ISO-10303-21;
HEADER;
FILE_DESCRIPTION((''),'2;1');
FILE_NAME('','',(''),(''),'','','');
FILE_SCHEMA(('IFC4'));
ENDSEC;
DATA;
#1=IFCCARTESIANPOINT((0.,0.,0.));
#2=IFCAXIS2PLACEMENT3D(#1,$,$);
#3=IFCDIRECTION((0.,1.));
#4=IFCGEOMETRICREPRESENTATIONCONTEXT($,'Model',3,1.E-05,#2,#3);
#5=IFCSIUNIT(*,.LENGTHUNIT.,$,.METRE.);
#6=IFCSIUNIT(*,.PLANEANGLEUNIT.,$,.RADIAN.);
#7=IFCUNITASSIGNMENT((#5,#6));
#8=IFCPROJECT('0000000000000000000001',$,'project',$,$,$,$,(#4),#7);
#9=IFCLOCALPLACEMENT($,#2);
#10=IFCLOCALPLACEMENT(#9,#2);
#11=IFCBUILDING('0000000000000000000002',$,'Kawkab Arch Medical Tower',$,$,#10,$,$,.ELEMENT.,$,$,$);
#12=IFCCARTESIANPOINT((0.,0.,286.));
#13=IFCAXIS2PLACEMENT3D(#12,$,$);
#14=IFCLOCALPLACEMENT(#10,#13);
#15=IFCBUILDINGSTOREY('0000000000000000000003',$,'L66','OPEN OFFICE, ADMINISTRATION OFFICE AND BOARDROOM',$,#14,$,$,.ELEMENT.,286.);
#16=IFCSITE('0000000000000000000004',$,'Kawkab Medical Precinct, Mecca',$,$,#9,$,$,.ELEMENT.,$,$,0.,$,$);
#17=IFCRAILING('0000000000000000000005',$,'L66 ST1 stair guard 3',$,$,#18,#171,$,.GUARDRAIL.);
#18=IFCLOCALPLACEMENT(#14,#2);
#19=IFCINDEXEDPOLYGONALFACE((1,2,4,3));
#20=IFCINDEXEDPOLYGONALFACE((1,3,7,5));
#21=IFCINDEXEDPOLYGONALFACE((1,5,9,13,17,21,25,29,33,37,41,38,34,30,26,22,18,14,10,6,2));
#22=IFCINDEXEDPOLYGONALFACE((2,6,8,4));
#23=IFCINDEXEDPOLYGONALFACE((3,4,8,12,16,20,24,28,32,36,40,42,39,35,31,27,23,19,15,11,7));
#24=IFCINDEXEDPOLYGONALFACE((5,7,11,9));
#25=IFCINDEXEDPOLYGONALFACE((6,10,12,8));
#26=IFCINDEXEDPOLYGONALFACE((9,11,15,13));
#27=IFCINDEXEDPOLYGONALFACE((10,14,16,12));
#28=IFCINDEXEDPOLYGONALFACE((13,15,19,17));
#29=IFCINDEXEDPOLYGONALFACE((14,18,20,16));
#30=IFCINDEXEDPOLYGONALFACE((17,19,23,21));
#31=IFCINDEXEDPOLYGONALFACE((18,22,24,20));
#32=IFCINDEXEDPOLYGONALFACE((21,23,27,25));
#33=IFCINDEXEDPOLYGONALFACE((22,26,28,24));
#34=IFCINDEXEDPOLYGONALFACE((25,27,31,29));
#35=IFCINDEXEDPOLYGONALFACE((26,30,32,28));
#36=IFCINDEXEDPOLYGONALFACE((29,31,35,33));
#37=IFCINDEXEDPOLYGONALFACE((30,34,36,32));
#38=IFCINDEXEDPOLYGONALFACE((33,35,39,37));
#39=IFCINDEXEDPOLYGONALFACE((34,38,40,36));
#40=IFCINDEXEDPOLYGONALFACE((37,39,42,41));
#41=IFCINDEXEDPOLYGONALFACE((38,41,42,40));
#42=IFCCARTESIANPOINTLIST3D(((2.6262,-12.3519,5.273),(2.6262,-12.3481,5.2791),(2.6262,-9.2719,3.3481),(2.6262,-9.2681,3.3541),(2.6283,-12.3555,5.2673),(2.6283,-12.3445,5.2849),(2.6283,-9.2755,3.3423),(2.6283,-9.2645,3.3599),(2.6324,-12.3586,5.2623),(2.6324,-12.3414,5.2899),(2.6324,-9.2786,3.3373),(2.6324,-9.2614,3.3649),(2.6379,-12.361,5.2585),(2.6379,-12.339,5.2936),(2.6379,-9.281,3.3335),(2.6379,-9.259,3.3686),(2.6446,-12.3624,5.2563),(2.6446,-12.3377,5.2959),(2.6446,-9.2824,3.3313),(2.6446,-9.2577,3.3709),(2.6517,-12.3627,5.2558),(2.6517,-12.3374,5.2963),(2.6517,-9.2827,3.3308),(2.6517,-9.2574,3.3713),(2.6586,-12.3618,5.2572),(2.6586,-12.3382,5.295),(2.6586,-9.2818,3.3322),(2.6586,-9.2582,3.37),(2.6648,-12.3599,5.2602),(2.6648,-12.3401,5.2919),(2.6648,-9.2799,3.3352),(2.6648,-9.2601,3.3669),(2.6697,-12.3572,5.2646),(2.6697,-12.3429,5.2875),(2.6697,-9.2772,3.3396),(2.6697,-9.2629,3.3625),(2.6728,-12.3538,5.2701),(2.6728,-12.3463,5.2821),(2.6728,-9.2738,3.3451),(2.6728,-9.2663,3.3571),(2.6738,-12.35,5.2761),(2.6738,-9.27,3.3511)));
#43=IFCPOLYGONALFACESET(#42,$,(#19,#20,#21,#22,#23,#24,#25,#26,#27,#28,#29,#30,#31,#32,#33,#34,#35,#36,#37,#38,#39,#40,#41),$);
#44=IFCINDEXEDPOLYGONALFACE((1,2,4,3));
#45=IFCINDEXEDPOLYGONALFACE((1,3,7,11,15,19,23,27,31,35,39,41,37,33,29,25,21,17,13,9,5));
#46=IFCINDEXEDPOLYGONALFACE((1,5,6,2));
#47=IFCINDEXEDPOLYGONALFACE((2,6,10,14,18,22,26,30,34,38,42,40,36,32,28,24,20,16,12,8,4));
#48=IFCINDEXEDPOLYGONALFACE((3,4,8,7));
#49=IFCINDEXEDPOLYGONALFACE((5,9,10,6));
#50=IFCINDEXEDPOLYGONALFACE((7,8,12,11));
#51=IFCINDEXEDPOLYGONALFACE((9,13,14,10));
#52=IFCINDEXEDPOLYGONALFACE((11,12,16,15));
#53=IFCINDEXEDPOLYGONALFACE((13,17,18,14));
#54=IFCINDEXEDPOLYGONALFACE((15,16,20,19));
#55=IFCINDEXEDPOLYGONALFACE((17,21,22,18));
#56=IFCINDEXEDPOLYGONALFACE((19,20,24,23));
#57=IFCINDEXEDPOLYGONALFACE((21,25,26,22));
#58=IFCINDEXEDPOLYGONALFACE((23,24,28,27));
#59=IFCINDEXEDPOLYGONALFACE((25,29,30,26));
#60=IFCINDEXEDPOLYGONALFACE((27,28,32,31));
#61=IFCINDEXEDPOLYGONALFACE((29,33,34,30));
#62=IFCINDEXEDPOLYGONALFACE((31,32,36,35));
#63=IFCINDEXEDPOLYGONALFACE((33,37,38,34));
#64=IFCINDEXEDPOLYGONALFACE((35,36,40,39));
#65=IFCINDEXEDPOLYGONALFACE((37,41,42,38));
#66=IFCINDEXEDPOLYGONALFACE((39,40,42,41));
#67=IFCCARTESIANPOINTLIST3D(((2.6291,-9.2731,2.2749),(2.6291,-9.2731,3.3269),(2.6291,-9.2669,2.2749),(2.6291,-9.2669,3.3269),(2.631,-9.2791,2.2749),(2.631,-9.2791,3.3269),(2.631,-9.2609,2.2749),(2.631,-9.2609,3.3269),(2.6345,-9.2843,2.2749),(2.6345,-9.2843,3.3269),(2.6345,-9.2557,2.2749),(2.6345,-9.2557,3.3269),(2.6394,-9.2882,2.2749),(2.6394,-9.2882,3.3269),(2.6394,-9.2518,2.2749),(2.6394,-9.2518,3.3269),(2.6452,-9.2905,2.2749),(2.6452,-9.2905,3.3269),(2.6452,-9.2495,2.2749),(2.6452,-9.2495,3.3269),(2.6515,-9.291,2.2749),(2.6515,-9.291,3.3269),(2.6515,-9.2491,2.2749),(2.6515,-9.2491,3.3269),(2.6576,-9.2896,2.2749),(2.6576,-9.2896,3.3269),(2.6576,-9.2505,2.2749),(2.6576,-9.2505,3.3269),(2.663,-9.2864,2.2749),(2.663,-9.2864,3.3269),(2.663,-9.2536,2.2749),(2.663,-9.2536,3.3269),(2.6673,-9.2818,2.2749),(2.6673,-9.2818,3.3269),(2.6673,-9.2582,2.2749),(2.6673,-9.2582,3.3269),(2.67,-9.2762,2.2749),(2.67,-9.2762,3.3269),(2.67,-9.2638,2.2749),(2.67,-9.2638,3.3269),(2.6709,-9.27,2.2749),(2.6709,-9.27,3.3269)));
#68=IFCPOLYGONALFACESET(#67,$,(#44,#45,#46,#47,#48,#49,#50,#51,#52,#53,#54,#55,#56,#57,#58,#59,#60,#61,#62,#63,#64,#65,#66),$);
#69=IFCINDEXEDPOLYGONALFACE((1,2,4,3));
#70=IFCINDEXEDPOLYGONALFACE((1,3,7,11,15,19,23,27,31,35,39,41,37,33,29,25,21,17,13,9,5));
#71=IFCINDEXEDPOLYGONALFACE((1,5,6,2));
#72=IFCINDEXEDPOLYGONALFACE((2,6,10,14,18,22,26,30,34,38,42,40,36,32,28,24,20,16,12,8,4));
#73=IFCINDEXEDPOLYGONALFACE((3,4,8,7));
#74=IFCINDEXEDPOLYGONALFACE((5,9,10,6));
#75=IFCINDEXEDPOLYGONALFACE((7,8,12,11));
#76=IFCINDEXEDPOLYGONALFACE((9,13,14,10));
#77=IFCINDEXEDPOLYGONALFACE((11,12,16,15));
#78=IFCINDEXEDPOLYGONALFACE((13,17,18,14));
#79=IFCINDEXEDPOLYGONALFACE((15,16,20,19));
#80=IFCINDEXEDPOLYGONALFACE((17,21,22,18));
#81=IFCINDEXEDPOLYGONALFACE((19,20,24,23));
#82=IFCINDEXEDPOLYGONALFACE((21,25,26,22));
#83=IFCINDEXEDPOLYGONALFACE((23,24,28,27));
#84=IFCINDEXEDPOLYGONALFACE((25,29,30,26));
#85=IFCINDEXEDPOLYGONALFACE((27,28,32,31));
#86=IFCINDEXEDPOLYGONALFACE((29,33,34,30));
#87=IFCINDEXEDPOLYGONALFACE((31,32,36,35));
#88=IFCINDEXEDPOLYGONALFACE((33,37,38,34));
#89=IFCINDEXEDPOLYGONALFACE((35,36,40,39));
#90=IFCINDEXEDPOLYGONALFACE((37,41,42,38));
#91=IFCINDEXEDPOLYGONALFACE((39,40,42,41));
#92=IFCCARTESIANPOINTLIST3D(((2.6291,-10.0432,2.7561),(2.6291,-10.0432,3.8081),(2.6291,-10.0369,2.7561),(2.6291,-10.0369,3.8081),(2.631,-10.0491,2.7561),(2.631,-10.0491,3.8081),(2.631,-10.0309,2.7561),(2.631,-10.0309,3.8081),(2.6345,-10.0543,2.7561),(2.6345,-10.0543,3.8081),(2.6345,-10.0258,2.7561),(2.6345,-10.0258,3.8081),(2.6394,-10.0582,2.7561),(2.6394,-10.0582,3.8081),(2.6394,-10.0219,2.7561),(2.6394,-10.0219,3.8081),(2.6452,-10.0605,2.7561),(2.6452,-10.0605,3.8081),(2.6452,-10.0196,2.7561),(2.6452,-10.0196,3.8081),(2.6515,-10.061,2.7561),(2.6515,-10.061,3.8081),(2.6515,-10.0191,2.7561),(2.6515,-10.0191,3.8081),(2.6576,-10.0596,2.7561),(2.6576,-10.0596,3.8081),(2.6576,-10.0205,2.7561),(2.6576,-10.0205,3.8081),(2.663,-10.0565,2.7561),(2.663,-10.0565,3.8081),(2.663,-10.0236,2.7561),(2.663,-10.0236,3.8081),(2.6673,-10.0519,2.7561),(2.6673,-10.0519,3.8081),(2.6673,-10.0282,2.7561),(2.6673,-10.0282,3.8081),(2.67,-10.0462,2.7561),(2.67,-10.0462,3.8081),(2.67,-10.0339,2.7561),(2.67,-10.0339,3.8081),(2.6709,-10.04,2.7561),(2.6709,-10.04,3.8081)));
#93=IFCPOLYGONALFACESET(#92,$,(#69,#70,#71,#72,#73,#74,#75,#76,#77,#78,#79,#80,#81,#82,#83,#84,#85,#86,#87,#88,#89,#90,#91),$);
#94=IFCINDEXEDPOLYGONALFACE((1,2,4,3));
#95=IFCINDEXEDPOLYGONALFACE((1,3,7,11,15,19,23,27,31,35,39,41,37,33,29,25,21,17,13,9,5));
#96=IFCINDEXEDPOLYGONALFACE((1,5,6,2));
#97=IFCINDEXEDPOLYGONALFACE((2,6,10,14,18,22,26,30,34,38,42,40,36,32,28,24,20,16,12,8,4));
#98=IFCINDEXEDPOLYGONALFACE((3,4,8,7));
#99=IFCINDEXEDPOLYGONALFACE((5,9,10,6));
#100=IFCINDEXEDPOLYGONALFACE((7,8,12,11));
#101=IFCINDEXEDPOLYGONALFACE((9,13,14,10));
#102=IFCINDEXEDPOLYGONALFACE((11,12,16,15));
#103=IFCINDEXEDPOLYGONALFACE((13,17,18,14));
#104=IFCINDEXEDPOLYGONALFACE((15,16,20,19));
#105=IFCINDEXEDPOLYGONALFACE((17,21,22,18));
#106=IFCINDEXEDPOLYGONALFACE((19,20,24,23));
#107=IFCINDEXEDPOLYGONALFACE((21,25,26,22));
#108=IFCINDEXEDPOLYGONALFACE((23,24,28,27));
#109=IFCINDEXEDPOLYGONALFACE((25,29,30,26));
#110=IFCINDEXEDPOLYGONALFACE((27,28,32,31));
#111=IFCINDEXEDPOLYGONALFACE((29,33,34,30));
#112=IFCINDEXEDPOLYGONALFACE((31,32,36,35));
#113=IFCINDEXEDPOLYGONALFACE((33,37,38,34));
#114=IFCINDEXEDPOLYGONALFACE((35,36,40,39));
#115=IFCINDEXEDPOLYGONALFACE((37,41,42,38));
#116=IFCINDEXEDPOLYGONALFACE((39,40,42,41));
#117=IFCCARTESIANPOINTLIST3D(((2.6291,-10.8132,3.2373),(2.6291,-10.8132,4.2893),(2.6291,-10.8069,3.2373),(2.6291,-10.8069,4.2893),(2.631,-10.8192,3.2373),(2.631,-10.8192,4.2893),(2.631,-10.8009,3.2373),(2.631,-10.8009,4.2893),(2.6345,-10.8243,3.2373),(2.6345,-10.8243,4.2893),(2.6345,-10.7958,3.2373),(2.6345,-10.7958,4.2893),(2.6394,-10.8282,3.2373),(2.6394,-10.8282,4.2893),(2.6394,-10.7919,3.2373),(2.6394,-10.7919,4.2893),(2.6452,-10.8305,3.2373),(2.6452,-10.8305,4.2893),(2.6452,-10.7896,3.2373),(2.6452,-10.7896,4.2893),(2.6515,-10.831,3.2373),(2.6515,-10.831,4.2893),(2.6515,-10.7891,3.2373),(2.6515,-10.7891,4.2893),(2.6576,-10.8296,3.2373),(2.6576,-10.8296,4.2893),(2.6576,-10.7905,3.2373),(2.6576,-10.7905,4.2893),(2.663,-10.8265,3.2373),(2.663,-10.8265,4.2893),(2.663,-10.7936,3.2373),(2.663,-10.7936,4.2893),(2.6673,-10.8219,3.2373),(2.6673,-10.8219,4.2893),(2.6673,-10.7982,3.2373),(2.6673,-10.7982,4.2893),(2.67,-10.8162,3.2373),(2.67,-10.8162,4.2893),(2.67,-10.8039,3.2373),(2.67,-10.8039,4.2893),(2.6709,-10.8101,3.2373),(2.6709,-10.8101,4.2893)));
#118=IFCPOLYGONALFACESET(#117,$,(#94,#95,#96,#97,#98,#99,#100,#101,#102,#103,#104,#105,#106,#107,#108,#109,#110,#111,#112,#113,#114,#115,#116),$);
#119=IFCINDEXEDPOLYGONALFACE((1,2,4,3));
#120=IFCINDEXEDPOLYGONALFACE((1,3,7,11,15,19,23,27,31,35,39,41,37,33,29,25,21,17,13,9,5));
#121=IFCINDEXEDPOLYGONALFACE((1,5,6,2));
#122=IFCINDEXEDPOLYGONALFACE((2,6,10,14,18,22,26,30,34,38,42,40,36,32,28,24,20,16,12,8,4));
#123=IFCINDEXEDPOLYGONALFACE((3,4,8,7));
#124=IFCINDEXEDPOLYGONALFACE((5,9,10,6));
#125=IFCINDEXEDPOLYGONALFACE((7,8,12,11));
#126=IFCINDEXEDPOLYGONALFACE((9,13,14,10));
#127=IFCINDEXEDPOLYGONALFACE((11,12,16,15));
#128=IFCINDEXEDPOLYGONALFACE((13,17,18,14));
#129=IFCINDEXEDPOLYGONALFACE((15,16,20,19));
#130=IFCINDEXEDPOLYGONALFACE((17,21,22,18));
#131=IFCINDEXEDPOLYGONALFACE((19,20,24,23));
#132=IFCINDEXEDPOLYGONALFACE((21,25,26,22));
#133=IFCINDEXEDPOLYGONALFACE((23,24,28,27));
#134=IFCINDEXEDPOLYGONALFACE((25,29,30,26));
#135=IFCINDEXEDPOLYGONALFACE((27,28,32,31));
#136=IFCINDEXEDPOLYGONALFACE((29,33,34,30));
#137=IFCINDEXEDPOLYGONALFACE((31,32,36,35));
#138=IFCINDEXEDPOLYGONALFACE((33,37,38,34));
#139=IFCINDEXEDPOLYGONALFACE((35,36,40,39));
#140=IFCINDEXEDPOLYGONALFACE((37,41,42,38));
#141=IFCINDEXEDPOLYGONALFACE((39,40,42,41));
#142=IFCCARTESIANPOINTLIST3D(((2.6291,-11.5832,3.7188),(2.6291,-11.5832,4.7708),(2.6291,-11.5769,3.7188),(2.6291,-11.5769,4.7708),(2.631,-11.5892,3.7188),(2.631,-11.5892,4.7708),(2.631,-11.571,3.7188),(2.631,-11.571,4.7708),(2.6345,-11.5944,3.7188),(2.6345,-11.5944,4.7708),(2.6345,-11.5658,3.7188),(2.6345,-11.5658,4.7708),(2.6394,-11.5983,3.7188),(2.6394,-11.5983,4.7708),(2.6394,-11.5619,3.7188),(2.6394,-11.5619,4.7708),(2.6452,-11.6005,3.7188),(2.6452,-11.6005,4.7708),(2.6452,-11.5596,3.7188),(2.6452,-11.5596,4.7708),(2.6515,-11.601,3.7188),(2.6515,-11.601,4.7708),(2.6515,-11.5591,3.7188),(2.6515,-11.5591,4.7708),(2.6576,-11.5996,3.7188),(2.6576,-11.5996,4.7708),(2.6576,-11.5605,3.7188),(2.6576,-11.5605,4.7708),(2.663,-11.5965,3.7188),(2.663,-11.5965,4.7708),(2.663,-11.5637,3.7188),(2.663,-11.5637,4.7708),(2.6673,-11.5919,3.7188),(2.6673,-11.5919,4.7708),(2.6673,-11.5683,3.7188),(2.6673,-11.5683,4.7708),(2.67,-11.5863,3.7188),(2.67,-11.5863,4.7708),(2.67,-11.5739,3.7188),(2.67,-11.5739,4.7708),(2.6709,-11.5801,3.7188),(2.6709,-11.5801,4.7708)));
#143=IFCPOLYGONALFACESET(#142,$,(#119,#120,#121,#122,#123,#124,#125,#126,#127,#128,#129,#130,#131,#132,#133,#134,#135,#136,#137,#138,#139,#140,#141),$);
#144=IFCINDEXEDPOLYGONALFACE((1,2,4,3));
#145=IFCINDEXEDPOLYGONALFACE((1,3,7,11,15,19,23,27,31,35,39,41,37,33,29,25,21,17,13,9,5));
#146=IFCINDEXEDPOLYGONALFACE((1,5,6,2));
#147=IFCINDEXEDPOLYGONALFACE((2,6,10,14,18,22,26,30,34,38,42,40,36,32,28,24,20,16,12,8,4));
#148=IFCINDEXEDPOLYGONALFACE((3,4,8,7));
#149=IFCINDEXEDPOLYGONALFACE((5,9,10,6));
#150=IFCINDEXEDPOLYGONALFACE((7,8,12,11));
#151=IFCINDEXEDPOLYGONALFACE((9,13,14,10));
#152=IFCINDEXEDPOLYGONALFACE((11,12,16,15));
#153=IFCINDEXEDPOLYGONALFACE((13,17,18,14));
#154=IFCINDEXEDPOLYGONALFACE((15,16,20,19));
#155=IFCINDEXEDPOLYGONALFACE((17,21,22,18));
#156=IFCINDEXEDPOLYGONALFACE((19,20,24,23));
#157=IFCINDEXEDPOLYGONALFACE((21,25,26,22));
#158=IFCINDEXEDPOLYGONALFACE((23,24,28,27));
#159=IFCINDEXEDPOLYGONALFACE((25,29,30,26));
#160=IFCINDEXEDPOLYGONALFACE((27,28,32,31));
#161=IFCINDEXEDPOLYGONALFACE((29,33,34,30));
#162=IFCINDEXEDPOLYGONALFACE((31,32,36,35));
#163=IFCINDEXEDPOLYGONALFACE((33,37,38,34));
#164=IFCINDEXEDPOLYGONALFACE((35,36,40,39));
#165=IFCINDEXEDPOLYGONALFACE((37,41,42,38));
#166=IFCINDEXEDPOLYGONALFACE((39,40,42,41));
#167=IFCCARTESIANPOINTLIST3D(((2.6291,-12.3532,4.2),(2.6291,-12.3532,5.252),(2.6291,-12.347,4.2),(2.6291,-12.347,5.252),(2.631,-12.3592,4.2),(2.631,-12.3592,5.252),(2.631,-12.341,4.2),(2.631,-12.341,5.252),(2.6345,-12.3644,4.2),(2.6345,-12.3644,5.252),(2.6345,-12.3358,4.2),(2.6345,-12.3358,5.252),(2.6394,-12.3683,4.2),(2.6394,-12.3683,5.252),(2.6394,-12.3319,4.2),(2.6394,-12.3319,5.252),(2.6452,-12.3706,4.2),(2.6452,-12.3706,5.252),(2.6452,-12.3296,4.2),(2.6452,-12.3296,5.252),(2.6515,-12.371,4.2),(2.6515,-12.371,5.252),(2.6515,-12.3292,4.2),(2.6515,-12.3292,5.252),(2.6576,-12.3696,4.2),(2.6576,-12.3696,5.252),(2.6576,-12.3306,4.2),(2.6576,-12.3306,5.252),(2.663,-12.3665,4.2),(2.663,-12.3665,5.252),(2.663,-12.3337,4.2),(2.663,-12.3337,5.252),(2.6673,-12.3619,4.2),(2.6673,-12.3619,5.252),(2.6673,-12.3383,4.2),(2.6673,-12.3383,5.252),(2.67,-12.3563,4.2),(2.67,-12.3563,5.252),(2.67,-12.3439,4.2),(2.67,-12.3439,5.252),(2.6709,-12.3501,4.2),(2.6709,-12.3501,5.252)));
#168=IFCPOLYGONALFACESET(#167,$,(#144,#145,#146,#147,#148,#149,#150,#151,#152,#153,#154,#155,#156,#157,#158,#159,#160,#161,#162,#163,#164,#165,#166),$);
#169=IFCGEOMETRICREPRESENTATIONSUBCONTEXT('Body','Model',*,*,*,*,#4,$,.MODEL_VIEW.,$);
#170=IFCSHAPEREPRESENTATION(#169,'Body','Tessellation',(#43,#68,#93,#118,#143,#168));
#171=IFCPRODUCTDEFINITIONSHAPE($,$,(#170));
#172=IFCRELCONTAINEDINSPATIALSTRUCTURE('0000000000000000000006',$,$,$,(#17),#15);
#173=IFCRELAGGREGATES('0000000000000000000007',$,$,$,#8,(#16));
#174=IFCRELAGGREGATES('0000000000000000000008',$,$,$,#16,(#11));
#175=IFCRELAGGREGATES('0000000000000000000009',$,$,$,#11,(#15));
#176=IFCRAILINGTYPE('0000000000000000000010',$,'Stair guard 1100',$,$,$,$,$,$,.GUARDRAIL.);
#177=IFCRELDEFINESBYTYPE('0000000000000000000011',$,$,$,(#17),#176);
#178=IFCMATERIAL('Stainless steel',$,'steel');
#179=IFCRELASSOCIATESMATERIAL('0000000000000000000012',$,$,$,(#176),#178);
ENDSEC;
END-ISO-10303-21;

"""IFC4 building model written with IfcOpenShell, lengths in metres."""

from ifc_helpers import new_model, si_unit, direction, frame, origin, origin_2d, place, context, subcontext, project, spatial, circle, extrude, material, type_object, element, save


model = new_model("IFC4")

# Units and contexts
model_context = context("Model", 3, precision=1e-05, world=origin(), true_north=direction((0.0, 1.0)))
body_context = subcontext(model_context, "Body", "Model", "MODEL_VIEW")
ifc_project = project(units=[si_unit("LENGTHUNIT", "METRE"), si_unit("PLANEANGLEUNIT", "RADIAN")], contexts=[model_context])

# Site, building, storey
site_placement = place(None, origin())
site = spatial("IfcSite", under=ifc_project, at=site_placement, Name="Kawkab Medical Precinct, Mecca", CompositionType="ELEMENT", RefElevation=0.0)
building_placement = place(site_placement, origin())
building = spatial("IfcBuilding", under=site, at=building_placement, Name="Kawkab Arch Medical Tower", CompositionType="ELEMENT")
storey_placement = place(building_placement, frame((0.0, 0.0, 286.0)))
storey = spatial("IfcBuildingStorey", under=building, at=storey_placement, Name="L66", Description="OPEN OFFICE, ADMINISTRATION OFFICE AND BOARDROOM", CompositionType="ELEMENT", Elevation=286.0)

# Railing
ifc_material_1 = material(Name="Stainless steel", Category="steel")
railing_type = type_object("IfcRailingType", Name="Stair guard 1100", PredefinedType="GUARDRAIL", material=ifc_material_1)
railing_1_placement = place(storey_placement, frame((2.6499, -9.27, 2.2749)))
element("IfcRailing", 1, at=railing_1_placement, inside=storey, type_object=railing_type, Name="L66 ST1 stair guard 3", PredefinedType="GUARDRAIL", context=body_context, shape_type="SweptSolid", body=[
    extrude(circle(Radius=0.0239, at=origin_2d()), frame((0.0, 0.0, 1.0762), z_axis=(0.0, -0.847998, 0.529999), x_axis=(1.0, 0.0, 0.0)), (0.0, 0.0, 1.0), 3.6321),
    extrude(circle(Radius=0.021, at=origin_2d()), origin(), (0.0, 0.0, 1.0), 1.052),
    extrude(circle(Radius=0.021, at=origin_2d()), frame((0.0, -0.77, 0.4812)), (0.0, 0.0, 1.0), 1.052),
    extrude(circle(Radius=0.021, at=origin_2d()), frame((0.0, -1.54, 0.9624)), (0.0, 0.0, 1.0), 1.052),
    extrude(circle(Radius=0.021, at=origin_2d()), frame((0.0, -2.3101, 1.4438)), (0.0, 0.0, 1.0), 1.052),
    extrude(circle(Radius=0.021, at=origin_2d()), frame((0.0, -3.0801, 1.925)), (0.0, 0.0, 1.0), 1.052),
])

save(model, "model.ifc")
